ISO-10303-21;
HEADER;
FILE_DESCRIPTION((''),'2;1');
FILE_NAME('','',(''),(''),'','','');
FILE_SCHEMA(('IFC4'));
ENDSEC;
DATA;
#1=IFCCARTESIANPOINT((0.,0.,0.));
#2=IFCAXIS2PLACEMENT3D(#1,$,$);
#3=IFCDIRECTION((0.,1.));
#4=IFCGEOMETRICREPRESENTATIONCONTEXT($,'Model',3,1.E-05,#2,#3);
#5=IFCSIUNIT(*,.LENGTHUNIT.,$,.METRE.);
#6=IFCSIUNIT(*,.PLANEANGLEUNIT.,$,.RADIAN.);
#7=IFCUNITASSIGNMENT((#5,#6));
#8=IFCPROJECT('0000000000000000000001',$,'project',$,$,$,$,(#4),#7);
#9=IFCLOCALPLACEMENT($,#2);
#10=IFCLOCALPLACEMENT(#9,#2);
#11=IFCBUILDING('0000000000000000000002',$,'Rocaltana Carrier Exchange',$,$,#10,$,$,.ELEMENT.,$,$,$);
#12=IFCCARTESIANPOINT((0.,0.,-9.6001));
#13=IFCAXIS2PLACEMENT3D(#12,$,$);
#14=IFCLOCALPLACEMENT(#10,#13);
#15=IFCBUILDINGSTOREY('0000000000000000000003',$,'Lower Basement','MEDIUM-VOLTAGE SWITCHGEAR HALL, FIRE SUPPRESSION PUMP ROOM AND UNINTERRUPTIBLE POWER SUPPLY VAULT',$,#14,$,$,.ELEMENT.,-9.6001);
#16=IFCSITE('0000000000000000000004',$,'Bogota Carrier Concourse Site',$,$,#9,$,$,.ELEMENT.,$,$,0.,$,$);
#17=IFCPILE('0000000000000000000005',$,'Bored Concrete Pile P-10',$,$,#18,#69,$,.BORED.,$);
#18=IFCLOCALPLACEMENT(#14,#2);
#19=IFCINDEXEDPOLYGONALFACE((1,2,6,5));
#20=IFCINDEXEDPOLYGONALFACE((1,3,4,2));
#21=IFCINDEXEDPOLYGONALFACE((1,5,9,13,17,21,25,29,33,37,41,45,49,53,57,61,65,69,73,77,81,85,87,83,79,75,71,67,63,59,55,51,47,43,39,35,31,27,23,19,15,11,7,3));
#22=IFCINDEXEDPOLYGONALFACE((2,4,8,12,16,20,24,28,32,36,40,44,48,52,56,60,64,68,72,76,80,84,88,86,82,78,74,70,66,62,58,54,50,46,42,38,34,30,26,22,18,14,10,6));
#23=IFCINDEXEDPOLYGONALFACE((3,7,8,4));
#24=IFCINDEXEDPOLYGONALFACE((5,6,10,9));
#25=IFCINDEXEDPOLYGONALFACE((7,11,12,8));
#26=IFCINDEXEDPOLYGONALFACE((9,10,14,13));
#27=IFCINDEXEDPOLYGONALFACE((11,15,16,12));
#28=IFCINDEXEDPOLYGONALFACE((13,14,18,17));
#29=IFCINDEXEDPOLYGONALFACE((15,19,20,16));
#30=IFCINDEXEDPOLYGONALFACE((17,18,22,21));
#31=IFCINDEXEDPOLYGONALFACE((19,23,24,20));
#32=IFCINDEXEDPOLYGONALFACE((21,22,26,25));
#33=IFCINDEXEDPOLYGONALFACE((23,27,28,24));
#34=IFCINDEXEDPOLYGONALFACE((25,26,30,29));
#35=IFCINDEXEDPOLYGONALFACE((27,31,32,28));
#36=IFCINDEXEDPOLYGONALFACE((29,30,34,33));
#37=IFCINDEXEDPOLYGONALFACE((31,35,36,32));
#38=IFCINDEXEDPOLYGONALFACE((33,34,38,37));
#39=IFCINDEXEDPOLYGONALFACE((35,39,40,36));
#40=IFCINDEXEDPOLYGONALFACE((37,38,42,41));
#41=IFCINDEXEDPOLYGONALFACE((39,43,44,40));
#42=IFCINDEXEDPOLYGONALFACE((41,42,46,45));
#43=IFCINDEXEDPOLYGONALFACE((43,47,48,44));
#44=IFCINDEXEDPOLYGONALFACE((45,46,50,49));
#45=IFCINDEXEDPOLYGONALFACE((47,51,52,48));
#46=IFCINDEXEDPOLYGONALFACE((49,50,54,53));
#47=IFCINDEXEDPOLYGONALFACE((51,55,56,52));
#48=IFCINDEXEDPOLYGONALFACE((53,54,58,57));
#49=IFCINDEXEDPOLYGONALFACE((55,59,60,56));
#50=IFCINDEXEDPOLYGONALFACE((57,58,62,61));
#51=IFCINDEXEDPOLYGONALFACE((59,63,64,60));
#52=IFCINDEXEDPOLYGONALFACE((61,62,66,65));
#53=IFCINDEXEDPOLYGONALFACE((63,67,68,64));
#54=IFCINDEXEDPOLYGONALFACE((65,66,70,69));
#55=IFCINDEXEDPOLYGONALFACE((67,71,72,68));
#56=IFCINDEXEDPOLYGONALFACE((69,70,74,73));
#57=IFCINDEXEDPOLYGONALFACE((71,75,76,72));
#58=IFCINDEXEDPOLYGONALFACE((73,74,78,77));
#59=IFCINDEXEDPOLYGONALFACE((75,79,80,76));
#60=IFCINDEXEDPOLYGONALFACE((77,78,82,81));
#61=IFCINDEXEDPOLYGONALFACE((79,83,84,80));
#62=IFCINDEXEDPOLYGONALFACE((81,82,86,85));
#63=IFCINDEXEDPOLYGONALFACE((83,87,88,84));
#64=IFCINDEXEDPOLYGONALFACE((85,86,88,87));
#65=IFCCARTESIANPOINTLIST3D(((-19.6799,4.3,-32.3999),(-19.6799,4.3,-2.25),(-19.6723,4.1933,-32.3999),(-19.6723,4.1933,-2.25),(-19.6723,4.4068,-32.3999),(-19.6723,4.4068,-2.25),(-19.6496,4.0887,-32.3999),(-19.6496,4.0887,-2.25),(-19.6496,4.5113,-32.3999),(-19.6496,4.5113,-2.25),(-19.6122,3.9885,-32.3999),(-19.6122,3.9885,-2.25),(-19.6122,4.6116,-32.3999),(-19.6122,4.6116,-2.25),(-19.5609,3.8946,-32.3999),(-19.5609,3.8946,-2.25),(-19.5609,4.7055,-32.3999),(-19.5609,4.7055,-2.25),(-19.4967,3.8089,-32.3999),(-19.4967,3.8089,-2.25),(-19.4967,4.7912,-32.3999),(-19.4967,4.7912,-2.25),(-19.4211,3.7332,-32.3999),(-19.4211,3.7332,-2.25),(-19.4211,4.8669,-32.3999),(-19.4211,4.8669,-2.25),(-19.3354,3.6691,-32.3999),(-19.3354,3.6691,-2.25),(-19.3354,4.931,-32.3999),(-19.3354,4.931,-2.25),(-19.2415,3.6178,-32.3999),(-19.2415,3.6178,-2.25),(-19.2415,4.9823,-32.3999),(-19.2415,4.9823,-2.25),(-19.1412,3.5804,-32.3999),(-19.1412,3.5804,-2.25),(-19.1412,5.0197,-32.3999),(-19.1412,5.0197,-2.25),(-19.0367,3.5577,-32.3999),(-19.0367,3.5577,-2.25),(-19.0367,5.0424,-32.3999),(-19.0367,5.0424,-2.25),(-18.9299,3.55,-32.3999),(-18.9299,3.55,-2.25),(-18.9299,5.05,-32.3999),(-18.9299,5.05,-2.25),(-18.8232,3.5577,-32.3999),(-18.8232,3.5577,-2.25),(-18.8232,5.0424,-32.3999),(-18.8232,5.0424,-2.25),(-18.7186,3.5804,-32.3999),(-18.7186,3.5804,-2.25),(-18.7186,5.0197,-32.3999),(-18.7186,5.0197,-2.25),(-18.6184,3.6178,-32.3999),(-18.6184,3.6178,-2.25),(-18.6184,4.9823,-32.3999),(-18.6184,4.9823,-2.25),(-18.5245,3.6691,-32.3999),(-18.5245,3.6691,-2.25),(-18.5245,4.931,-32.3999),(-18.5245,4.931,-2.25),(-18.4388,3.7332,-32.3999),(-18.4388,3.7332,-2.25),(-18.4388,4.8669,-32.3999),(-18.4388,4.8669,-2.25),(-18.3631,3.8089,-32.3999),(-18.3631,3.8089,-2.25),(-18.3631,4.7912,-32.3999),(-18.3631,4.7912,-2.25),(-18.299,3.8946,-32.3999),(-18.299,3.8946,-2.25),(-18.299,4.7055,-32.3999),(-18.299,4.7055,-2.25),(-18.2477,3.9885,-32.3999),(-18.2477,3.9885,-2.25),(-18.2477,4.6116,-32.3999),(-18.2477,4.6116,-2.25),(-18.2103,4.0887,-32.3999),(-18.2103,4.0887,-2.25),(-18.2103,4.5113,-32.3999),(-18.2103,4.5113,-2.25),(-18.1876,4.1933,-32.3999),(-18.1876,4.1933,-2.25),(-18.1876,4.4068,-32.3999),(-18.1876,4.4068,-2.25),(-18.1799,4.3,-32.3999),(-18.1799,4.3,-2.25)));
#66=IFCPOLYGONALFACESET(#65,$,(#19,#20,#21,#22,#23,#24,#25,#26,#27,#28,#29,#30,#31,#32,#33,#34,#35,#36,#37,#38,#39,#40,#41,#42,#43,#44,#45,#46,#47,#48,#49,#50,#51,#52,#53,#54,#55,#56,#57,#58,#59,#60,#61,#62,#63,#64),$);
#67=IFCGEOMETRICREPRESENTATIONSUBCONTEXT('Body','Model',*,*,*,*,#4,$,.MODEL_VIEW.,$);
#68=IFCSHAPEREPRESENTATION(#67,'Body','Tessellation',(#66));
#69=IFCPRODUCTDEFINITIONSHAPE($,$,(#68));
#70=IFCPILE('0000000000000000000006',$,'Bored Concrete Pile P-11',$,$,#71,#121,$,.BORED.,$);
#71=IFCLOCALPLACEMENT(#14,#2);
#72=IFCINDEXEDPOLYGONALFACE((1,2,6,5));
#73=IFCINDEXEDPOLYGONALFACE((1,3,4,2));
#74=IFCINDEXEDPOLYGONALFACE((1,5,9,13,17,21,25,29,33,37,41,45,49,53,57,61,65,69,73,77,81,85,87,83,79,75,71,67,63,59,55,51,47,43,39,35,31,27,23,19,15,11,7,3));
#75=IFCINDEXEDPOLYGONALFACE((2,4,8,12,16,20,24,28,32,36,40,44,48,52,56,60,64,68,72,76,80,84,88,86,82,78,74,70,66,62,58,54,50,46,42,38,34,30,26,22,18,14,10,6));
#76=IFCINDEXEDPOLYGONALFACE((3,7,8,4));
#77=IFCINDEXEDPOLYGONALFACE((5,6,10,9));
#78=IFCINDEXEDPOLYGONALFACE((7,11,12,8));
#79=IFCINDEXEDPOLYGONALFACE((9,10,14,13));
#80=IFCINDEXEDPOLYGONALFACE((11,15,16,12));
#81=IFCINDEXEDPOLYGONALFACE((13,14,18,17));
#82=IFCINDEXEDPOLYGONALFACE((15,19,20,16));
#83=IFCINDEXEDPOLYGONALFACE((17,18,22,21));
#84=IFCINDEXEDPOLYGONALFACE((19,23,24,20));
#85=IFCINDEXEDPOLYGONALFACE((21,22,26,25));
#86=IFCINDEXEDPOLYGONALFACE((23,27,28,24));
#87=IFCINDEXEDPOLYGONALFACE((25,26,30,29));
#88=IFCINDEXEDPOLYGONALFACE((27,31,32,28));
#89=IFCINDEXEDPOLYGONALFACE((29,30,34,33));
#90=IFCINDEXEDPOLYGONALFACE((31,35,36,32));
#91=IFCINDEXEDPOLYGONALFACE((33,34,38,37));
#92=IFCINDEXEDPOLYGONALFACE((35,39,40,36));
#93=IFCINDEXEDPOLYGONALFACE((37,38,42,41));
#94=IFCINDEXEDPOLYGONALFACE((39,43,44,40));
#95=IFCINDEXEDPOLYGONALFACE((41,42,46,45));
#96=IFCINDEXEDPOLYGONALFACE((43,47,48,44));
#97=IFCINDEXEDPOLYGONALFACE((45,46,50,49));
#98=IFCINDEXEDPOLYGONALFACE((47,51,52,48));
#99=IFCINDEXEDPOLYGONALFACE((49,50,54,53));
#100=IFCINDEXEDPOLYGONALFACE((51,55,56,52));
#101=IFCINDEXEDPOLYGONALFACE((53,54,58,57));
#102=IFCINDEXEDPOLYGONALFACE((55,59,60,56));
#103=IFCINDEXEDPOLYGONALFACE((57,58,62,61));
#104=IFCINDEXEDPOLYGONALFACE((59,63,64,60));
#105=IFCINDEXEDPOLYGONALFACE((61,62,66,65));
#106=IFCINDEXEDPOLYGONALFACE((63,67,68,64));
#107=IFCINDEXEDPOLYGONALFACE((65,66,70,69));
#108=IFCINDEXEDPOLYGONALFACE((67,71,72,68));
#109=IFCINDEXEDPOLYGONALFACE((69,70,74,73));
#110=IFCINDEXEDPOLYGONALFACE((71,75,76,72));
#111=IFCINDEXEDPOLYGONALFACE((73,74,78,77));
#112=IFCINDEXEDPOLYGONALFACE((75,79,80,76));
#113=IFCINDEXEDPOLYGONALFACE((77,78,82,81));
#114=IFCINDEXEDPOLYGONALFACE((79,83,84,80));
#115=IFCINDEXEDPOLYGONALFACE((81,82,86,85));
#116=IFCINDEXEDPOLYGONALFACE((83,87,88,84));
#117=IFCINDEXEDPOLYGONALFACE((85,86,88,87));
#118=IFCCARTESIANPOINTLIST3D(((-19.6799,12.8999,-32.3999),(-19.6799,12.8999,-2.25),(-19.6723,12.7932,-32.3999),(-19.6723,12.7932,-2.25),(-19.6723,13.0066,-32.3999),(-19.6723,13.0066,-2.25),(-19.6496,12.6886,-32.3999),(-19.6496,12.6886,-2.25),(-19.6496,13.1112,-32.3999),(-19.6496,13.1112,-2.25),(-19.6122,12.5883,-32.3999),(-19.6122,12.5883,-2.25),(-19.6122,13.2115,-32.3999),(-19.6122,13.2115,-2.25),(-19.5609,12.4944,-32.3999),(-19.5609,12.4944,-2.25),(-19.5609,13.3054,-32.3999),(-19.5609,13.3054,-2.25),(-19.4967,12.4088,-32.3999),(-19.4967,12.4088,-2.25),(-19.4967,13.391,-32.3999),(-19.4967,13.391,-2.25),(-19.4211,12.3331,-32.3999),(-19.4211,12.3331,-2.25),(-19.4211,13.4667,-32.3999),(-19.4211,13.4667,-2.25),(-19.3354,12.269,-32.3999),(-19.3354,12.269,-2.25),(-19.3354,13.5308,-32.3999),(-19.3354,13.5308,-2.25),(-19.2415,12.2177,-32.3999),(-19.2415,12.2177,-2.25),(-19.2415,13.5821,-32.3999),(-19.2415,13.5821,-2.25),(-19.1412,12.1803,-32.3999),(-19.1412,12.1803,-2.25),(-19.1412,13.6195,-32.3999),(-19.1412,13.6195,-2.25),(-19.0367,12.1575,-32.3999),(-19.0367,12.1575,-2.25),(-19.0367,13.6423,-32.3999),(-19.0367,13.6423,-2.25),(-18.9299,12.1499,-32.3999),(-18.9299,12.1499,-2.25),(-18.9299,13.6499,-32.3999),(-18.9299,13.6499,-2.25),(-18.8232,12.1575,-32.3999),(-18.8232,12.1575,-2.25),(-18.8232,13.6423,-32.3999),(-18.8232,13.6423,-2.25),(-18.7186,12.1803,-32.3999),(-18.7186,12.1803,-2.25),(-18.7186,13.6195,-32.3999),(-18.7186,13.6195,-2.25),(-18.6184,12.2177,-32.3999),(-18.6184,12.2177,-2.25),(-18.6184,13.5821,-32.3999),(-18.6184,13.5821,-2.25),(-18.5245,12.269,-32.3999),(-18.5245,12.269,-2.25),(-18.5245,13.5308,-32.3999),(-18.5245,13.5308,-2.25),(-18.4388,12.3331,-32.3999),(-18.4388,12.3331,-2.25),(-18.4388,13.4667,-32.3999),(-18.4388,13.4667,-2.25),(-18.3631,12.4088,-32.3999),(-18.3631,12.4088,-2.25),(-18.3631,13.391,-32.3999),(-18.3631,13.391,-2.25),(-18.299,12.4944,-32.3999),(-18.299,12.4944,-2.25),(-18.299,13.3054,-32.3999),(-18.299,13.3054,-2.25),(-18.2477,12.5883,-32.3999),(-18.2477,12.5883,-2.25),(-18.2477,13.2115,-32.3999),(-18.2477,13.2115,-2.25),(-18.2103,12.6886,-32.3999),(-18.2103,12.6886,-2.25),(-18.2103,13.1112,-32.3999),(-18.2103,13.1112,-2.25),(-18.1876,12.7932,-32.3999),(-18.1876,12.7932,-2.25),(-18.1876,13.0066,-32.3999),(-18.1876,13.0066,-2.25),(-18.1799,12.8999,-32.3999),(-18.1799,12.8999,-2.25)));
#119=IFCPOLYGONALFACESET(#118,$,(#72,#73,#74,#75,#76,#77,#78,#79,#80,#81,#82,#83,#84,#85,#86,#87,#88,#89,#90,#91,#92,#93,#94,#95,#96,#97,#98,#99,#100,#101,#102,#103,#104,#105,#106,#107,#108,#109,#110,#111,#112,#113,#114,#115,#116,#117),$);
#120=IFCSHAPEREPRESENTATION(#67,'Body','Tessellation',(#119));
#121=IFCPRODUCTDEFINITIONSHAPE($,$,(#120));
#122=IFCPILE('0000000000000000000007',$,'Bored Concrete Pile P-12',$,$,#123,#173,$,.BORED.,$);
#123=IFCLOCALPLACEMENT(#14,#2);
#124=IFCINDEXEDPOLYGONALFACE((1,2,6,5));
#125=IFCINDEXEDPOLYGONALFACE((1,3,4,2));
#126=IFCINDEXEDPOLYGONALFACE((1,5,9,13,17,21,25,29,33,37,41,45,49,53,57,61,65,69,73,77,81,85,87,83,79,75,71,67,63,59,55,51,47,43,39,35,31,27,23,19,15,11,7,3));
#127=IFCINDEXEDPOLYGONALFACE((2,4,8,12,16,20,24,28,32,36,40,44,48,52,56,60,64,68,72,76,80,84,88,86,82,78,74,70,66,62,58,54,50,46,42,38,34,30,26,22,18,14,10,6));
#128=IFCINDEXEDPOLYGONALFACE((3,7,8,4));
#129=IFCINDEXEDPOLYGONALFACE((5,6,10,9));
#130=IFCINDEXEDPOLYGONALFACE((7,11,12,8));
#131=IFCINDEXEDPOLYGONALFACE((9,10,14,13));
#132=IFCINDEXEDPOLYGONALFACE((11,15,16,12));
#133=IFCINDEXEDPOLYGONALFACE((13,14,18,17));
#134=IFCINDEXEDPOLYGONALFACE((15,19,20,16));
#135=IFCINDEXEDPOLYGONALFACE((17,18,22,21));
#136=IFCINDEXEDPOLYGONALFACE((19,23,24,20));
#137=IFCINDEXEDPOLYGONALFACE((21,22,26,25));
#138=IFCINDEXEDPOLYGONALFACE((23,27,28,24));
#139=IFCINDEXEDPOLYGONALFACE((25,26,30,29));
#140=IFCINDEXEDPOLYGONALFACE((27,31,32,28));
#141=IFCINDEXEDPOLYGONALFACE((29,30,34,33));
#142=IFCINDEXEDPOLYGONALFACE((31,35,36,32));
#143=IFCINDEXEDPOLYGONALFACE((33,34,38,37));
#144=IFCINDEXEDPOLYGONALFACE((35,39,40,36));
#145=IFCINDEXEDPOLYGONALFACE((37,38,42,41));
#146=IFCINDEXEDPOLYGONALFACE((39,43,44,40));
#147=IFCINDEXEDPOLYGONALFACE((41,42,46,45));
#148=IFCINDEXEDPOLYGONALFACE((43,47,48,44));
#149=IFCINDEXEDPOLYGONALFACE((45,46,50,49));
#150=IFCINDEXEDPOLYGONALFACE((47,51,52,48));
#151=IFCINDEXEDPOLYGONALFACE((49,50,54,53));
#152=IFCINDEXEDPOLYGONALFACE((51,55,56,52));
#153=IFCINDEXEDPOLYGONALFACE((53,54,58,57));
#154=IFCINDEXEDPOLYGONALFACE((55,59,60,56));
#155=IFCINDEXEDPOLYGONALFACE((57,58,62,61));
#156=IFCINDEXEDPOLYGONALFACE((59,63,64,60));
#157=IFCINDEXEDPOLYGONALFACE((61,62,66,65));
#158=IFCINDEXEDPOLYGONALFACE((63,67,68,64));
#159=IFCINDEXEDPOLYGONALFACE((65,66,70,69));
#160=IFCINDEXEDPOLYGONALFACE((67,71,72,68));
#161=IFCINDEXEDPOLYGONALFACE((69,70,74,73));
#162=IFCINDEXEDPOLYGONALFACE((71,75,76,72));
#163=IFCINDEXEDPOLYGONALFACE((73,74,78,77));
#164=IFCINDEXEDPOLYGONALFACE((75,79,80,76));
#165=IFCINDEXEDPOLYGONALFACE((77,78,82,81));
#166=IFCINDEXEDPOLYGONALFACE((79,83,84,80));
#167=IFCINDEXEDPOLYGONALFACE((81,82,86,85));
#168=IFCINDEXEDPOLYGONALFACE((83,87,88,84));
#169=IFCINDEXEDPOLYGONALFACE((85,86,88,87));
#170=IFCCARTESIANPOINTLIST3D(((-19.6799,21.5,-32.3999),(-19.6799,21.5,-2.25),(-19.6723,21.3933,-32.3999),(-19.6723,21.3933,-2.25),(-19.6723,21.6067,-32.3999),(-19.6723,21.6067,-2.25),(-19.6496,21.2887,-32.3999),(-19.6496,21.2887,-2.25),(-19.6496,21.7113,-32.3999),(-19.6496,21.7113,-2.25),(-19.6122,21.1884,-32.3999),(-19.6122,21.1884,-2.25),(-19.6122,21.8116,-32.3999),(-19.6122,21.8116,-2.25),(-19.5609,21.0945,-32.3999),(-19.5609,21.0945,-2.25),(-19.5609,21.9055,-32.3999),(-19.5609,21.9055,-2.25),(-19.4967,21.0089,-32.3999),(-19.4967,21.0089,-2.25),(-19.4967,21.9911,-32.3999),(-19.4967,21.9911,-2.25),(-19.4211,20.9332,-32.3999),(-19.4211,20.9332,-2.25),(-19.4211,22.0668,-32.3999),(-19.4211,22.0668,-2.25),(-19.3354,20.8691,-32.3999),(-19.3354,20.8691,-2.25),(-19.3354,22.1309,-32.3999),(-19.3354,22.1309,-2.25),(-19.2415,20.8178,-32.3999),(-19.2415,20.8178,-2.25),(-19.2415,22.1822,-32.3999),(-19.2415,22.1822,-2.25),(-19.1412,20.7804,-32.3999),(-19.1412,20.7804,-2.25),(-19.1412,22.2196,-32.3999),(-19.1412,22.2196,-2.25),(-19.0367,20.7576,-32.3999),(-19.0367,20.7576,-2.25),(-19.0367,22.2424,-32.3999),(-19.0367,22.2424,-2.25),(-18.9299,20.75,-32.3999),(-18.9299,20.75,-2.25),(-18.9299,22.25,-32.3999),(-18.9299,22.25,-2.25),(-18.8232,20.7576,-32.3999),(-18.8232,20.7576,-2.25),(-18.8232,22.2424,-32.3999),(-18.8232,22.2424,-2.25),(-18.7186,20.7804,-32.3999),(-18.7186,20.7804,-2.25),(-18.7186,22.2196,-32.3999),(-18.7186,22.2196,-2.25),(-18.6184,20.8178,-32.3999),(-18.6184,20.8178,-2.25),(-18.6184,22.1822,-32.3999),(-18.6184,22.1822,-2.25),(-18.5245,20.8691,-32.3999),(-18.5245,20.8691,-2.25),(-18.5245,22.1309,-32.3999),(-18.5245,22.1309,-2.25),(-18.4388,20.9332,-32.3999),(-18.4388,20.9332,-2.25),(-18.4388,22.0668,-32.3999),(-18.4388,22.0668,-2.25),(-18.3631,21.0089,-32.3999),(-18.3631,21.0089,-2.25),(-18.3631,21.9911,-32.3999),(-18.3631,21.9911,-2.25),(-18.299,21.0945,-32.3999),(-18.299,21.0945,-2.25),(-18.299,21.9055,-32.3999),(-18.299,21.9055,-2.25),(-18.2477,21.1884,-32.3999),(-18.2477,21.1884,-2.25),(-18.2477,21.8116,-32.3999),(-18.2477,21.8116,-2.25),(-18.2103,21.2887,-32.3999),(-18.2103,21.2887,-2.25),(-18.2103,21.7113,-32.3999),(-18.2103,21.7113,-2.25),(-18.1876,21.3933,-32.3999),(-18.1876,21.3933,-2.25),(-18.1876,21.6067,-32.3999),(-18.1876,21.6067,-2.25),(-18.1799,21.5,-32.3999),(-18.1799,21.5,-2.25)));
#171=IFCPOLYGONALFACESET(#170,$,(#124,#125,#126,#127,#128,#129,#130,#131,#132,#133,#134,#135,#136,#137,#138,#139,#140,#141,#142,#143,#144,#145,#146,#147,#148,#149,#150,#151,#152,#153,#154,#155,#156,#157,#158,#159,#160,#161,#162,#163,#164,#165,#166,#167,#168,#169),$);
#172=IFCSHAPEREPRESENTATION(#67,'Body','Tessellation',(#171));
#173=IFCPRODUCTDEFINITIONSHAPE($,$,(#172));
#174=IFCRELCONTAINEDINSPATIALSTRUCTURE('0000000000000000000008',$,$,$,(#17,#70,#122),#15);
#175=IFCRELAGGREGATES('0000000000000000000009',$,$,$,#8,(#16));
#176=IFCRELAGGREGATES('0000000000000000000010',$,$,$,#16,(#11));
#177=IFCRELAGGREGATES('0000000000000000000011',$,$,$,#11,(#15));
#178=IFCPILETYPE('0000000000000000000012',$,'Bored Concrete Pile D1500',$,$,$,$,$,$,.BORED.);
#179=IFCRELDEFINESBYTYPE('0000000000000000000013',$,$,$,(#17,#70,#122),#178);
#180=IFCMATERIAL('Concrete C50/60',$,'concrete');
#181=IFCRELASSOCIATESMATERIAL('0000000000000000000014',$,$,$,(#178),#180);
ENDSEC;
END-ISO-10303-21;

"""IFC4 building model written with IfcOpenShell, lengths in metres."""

from ifc_helpers import new_model, si_unit, direction, frame, origin, origin_2d, place, context, subcontext, project, spatial, circle, extrude, material, material_profile, profile_set, type_object, element, save


model = new_model("IFC4")

# Units and contexts
model_context = context("Model", 3, precision=1e-05, world=origin(), true_north=direction((0.0, 1.0)))
body_context = subcontext(model_context, "Body", "Model", "MODEL_VIEW")
ifc_project = project(units=[si_unit("LENGTHUNIT", "METRE"), si_unit("PLANEANGLEUNIT", "RADIAN")], contexts=[model_context])

# Site, building, storey
site_placement = place(None, origin())
site = spatial("IfcSite", under=ifc_project, at=site_placement, Name="Bogota Carrier Concourse Site", CompositionType="ELEMENT", RefElevation=0.0)
building_placement = place(site_placement, origin())
building = spatial("IfcBuilding", under=site, at=building_placement, Name="Rocaltana Carrier Exchange", CompositionType="ELEMENT")
storey_placement = place(building_placement, frame((0.0, 0.0, -9.6001)))
storey = spatial("IfcBuildingStorey", under=building, at=storey_placement, Name="Lower Basement", Description="MEDIUM-VOLTAGE SWITCHGEAR HALL, FIRE SUPPRESSION PUMP ROOM AND UNINTERRUPTIBLE POWER SUPPLY VAULT", CompositionType="ELEMENT", Elevation=-9.6001)

# Piles
ifc_material_1 = material(Name="Concrete C50/60", Category="concrete")
ifc_material_profile_1 = material_profile(ifc_material_1, circle(Radius=0.75, at=origin_2d()), Name="PILE-D1500")
ifc_profile_set_1 = profile_set([ifc_material_profile_1], Name="Concrete C50/60")
pile_type = type_object("IfcPileType", Name="Bored Concrete Pile D1500", PredefinedType="BORED", material=ifc_profile_set_1)
for number, where, z_axis, x_axis, name in (
    (1, (-18.9299, 4.3, -2.25), (0.0, 0.0, -1.0), (1.0, 0.0, 0.0), "Bored Concrete Pile P-10"),
    (2, (-18.9299, 12.8999, -2.25), (0.0, 0.0, -1.0), (1.0, 0.0, 0.0), "Bored Concrete Pile P-11"),
    (3, (-18.9299, 21.5, -2.25), (0.0, 0.0, -1.0), (1.0, 0.0, 0.0), "Bored Concrete Pile P-12"),
):
    element("IfcPile", number, at=place(storey_placement, frame(where, z_axis=z_axis, x_axis=x_axis)), inside=storey, type_object=pile_type, Name=name, PredefinedType="BORED", context=body_context, shape_type="SweptSolid", body=[
        extrude(circle(Radius=0.75, at=origin_2d()), origin(), (0.0, 0.0, 1.0), 30.1499),
    ])

save(model, "model.ifc")
